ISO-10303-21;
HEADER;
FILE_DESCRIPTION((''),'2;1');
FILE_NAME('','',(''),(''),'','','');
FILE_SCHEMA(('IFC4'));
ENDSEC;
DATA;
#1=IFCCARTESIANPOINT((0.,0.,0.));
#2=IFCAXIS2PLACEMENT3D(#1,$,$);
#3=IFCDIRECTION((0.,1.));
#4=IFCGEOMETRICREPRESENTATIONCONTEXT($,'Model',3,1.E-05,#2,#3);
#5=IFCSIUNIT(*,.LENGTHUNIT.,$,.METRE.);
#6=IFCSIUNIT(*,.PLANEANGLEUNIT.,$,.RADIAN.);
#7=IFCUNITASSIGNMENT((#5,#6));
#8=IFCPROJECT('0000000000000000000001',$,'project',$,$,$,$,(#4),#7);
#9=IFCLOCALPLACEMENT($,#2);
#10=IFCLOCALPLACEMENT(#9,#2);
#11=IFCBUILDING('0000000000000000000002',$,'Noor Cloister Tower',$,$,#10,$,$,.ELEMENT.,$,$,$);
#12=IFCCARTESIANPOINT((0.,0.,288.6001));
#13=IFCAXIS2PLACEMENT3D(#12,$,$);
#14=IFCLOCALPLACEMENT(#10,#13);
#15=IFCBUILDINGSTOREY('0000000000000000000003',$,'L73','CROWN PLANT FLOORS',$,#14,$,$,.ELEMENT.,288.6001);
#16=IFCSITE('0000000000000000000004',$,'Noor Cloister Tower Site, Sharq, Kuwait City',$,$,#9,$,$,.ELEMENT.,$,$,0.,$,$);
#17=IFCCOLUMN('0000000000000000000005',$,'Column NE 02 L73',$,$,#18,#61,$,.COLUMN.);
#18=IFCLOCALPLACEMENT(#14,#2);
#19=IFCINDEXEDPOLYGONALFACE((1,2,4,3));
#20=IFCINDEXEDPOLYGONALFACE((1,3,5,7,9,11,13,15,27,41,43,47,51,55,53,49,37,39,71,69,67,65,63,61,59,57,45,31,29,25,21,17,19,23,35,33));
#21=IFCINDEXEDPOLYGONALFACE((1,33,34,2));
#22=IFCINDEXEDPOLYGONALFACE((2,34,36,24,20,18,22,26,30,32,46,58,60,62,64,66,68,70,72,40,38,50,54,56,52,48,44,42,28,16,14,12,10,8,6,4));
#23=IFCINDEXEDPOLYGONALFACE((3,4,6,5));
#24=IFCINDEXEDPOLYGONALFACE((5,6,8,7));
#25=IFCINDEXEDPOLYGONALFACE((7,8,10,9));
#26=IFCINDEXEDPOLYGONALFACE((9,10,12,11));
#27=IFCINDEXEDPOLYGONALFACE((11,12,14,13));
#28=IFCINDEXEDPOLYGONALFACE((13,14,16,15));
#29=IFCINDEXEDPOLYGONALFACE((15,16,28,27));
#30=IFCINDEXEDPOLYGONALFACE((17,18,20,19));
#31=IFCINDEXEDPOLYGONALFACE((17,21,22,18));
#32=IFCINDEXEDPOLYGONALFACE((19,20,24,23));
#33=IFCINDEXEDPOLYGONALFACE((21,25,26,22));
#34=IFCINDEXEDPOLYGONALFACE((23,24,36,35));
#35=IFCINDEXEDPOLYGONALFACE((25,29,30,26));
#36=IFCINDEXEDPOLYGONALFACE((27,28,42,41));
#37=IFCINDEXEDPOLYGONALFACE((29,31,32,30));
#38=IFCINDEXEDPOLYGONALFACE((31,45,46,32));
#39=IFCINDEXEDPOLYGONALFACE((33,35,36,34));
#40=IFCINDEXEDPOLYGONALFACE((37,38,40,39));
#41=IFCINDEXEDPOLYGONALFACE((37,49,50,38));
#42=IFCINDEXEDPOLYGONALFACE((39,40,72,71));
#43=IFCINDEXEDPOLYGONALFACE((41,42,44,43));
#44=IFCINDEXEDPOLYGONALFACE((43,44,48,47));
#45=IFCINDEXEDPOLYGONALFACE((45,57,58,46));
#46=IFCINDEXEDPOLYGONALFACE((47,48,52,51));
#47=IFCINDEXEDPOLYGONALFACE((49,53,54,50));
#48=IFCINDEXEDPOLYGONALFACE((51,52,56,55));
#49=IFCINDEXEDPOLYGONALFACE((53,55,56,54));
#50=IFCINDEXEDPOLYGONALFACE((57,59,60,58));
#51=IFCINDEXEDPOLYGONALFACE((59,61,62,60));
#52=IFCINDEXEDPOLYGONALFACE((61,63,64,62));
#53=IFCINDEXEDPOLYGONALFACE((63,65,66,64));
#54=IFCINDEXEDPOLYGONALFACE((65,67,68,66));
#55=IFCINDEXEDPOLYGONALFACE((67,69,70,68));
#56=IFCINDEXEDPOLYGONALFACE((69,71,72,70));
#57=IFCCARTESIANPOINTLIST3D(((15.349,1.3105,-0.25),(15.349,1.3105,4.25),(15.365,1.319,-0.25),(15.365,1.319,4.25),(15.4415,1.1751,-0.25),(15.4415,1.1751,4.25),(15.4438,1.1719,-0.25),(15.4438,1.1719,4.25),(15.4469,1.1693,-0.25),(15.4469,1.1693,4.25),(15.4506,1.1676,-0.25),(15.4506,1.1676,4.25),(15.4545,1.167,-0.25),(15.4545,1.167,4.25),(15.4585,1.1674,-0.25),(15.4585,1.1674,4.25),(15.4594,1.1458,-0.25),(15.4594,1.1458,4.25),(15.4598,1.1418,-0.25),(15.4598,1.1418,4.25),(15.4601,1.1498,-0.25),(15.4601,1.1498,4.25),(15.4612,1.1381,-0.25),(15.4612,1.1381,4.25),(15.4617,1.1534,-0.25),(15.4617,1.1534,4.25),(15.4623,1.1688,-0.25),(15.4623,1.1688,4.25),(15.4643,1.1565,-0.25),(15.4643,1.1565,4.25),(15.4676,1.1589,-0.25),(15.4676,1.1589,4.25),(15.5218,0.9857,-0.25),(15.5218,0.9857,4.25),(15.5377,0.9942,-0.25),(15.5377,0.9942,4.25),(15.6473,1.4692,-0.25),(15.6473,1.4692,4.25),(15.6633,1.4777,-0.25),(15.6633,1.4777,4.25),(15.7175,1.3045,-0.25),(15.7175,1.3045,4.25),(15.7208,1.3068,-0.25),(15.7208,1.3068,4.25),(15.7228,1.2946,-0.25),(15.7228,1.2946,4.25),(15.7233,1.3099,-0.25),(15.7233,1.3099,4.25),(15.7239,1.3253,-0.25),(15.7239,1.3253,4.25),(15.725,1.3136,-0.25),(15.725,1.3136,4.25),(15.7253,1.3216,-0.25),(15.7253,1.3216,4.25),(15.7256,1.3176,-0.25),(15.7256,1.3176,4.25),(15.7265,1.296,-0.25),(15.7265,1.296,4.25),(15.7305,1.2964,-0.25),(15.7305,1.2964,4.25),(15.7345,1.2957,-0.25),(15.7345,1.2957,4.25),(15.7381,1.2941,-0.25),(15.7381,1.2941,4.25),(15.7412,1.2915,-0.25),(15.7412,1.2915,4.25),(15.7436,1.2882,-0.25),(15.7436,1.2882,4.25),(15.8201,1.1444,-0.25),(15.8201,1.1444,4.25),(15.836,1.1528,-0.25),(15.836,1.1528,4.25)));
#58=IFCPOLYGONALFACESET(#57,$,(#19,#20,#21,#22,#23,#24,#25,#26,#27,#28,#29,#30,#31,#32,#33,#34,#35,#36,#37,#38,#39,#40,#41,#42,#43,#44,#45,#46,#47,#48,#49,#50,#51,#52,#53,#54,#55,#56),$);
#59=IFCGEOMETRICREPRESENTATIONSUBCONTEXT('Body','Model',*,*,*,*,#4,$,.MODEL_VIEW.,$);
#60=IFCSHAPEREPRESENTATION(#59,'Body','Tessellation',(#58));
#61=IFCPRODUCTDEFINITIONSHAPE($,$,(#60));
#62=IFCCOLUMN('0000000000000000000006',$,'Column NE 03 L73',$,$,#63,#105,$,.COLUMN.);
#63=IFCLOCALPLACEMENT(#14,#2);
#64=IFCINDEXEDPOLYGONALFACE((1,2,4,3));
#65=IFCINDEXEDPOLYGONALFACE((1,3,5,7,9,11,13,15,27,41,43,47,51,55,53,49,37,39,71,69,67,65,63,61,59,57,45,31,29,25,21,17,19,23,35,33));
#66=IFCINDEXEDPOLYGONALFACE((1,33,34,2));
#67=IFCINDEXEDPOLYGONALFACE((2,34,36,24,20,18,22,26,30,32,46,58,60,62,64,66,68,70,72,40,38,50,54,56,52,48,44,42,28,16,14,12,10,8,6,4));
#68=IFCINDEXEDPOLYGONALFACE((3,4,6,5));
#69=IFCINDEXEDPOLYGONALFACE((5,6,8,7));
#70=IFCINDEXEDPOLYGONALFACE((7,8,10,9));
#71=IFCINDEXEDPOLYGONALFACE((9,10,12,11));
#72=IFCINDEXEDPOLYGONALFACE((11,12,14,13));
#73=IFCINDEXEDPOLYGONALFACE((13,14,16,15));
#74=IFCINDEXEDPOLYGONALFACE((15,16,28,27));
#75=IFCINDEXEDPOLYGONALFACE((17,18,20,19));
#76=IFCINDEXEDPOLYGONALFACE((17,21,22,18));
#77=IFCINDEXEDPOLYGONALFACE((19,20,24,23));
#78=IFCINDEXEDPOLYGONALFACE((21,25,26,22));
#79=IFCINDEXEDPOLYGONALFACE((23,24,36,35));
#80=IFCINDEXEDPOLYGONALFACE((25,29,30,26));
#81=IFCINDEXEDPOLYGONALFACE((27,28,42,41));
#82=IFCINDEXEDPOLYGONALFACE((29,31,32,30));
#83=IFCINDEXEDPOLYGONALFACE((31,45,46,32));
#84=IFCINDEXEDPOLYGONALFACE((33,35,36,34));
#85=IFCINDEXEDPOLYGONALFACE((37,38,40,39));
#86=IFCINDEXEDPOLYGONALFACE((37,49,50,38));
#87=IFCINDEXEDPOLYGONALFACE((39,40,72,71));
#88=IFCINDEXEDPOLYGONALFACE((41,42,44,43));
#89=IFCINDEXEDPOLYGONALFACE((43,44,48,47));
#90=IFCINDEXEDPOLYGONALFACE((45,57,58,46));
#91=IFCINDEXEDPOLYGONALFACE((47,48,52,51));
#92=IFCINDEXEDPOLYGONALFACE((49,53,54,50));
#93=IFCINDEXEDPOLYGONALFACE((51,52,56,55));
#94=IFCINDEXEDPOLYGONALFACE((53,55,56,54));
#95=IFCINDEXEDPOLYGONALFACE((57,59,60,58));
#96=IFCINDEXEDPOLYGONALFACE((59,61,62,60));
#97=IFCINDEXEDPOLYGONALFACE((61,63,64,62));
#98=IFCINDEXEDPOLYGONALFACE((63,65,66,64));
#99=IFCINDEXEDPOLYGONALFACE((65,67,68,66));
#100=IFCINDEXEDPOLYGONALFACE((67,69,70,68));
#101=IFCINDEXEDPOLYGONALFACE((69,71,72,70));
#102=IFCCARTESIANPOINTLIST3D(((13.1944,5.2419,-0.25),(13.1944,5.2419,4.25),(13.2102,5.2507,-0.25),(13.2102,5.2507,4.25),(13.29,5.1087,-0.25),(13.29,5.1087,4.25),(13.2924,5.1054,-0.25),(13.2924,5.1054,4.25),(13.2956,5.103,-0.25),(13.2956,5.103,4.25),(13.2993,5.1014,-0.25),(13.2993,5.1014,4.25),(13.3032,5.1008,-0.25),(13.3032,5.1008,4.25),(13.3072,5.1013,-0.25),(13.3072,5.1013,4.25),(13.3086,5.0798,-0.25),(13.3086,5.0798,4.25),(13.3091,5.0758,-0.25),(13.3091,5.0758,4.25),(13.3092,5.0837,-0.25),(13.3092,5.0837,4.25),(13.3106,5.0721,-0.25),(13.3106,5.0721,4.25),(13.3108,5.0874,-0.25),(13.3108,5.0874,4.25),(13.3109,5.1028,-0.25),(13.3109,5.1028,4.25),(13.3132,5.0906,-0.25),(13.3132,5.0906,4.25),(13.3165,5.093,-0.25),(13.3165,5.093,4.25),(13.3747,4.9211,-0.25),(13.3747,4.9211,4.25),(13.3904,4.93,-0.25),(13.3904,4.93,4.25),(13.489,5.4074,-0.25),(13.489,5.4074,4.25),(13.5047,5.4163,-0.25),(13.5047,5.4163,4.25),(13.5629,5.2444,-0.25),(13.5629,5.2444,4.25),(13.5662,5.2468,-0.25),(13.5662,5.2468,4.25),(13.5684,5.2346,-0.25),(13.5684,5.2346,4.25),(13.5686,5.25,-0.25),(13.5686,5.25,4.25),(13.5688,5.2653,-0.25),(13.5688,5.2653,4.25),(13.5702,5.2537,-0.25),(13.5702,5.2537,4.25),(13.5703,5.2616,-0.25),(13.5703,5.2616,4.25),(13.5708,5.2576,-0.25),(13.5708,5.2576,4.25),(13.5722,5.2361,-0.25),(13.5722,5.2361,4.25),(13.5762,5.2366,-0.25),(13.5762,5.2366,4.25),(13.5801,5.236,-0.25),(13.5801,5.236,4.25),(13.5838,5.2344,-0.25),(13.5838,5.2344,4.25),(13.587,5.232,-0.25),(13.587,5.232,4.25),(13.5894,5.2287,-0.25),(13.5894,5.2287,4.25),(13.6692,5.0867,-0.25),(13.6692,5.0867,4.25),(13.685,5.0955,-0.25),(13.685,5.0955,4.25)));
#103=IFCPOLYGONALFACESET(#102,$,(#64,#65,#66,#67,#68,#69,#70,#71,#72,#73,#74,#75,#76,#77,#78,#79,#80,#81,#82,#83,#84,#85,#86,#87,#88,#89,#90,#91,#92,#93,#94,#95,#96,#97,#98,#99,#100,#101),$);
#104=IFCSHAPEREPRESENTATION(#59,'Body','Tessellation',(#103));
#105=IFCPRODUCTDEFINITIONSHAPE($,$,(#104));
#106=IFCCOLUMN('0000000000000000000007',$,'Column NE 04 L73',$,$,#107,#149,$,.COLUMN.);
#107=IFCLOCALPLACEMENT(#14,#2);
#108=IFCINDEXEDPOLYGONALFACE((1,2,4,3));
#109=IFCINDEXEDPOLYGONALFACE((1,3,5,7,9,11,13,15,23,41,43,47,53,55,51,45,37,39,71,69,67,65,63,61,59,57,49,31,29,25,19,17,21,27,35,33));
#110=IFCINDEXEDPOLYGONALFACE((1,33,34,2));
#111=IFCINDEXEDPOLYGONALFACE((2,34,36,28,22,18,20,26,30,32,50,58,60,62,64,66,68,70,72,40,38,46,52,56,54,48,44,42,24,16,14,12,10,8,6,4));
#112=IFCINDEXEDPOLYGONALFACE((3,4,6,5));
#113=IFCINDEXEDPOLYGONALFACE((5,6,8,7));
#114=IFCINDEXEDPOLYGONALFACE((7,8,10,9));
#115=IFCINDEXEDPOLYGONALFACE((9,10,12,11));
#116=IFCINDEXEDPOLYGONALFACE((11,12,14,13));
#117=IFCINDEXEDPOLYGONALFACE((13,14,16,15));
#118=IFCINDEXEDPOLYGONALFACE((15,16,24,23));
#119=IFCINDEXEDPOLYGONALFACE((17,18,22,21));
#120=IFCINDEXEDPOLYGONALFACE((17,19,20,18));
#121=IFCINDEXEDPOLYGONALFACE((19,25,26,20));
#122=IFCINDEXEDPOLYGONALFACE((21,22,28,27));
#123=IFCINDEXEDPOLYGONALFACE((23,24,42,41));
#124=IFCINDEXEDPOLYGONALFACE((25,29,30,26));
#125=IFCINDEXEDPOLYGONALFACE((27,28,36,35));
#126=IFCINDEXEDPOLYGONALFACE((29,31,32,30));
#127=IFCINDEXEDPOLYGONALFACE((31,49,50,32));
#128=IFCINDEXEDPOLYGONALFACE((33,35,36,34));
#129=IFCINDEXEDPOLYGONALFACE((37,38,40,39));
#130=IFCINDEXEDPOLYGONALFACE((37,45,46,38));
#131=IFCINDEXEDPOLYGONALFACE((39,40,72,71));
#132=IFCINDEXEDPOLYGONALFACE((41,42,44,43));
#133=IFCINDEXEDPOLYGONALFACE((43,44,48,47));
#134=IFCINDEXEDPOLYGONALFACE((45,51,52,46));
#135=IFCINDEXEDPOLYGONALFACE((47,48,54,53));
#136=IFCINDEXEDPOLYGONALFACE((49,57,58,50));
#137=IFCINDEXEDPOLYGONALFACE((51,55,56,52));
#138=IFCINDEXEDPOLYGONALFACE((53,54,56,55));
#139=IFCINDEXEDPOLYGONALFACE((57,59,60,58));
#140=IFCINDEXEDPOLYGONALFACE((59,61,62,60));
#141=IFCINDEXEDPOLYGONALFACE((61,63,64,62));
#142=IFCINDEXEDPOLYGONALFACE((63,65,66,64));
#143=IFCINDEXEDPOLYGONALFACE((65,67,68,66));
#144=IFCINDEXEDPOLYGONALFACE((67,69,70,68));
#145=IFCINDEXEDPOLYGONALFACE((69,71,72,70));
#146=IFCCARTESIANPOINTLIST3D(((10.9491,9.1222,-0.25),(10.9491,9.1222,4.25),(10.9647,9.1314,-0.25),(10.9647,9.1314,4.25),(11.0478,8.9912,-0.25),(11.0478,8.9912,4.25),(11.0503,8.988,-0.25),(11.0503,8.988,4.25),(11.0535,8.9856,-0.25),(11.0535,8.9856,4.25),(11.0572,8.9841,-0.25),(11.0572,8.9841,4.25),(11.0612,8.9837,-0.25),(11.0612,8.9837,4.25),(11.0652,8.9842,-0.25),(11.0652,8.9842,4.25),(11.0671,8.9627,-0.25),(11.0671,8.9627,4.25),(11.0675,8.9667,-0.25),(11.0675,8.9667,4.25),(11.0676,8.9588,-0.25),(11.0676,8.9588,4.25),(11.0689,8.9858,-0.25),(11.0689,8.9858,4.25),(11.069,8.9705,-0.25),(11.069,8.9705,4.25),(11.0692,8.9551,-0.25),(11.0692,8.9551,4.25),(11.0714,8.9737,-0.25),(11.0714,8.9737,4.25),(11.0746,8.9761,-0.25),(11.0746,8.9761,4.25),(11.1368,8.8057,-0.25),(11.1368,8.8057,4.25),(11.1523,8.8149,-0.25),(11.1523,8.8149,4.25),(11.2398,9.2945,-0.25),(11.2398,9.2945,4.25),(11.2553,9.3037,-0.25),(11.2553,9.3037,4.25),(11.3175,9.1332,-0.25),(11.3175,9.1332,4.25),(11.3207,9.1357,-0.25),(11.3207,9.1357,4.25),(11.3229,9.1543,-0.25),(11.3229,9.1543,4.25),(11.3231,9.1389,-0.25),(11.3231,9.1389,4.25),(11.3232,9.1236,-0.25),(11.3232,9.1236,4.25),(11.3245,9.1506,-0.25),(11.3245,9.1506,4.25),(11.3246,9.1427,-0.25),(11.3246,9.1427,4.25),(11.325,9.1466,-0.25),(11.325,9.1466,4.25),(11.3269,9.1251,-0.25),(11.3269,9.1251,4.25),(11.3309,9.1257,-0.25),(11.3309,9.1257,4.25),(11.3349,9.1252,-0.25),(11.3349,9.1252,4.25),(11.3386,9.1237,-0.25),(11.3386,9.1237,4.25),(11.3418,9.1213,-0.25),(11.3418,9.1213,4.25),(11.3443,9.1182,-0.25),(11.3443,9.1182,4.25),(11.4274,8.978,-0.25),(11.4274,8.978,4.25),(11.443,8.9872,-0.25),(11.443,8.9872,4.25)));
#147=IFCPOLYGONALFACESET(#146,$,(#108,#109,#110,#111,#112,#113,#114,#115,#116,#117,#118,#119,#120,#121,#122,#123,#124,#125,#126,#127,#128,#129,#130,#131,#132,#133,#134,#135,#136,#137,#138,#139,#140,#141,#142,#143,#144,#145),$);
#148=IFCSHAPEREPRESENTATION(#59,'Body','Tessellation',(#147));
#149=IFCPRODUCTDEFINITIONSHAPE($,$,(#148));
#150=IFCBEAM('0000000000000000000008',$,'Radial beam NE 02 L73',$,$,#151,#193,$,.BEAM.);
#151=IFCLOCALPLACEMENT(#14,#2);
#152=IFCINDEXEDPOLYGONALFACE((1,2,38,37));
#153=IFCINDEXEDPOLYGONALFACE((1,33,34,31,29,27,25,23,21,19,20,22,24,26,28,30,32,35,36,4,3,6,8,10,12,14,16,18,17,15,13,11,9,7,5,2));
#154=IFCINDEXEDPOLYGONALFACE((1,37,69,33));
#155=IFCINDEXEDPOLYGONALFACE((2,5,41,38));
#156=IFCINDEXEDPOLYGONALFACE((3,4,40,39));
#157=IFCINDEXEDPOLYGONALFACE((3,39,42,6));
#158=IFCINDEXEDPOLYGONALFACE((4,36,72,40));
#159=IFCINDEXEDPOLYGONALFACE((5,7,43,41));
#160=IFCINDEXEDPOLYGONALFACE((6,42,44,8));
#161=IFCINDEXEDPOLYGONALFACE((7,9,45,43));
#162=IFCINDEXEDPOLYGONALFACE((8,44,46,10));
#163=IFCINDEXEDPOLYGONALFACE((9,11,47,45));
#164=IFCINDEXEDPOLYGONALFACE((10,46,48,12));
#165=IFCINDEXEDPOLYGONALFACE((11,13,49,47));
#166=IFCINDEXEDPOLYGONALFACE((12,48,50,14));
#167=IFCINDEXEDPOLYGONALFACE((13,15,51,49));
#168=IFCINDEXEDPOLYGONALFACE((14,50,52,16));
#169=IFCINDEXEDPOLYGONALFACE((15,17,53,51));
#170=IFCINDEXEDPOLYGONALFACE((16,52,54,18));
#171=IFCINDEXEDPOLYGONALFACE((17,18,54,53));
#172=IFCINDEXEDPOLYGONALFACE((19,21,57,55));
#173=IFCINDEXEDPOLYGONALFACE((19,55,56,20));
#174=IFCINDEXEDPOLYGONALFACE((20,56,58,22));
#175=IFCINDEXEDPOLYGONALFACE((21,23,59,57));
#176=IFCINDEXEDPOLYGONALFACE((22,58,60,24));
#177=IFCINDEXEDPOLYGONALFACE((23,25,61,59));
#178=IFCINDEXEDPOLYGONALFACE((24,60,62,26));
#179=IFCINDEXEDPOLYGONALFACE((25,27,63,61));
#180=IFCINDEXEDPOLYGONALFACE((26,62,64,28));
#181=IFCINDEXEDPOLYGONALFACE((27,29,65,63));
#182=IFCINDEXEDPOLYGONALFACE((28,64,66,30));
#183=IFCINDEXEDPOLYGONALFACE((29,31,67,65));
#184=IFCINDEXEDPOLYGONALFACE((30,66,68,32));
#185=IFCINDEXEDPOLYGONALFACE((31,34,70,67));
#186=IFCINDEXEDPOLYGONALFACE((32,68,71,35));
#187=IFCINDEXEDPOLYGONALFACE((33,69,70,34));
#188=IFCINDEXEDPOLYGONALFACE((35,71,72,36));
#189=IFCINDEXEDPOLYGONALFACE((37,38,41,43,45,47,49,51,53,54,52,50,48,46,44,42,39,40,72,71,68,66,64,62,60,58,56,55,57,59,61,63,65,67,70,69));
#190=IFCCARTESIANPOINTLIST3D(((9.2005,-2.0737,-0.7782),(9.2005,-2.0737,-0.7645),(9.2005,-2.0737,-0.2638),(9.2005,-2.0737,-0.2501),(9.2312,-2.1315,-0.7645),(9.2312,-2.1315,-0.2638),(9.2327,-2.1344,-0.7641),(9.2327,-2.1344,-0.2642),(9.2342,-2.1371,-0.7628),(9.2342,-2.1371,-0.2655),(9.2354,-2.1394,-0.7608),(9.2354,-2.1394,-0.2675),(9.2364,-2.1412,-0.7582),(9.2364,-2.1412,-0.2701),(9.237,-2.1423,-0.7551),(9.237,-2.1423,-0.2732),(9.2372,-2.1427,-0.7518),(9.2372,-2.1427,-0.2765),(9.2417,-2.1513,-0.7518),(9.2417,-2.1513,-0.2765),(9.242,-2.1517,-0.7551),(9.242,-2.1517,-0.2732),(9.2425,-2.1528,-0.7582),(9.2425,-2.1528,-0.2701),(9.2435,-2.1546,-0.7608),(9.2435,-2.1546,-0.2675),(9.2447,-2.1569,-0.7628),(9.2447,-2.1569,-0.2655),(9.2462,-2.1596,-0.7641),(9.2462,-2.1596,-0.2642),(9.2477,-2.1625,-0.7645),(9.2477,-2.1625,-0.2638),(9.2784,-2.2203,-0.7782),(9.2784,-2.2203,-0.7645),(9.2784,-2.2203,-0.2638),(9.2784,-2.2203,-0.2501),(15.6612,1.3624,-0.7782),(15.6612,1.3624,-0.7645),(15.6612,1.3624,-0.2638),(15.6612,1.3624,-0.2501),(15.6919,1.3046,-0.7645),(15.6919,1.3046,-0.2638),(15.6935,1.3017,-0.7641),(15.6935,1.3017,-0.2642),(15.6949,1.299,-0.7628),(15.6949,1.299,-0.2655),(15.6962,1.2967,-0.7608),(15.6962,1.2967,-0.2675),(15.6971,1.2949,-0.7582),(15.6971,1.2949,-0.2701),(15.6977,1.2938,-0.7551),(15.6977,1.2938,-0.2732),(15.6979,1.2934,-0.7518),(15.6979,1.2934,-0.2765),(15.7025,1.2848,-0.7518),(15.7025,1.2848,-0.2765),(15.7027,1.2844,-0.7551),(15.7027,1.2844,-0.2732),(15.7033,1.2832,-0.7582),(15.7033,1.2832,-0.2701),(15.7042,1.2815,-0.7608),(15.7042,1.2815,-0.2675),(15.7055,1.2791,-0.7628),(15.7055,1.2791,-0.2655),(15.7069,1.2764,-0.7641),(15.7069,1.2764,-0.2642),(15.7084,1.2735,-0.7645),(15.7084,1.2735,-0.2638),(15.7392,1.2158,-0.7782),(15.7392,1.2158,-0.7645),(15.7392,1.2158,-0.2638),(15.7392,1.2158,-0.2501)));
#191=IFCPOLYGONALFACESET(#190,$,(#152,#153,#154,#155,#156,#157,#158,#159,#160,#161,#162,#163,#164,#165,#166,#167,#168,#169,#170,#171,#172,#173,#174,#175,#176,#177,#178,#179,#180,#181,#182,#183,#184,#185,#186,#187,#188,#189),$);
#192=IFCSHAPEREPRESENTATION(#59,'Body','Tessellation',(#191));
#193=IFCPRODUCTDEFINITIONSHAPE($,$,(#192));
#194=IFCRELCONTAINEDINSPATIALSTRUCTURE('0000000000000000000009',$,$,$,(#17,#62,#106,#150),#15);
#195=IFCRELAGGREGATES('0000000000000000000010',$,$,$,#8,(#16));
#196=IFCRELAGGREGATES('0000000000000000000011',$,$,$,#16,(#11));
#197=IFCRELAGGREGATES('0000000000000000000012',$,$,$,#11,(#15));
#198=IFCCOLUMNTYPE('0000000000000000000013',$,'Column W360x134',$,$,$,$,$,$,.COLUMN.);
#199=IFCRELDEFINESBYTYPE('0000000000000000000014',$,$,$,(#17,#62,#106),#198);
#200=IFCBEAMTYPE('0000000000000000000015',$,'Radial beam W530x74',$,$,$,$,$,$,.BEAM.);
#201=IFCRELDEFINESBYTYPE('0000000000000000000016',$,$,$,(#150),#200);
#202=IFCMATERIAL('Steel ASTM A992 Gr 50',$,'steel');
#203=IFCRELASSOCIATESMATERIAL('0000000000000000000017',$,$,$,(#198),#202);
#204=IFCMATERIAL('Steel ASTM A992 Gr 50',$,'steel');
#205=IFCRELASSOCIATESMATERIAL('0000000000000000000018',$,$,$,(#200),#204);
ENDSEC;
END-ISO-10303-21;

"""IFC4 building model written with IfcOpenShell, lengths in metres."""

from ifc_helpers import new_model, si_unit, direction, frame, origin, origin_2d, place, context, subcontext, project, spatial, i_section, extrude, material, material_profile, profile_set, type_object, element, save


model = new_model("IFC4")

# Units and contexts
model_context = context("Model", 3, precision=1e-05, world=origin(), true_north=direction((0.0, 1.0)))
body_context = subcontext(model_context, "Body", "Model", "MODEL_VIEW")
ifc_project = project(units=[si_unit("LENGTHUNIT", "METRE"), si_unit("PLANEANGLEUNIT", "RADIAN")], contexts=[model_context])

# Site, building, storey
site_placement = place(None, origin())
site = spatial("IfcSite", under=ifc_project, at=site_placement, Name="Noor Cloister Tower Site, Sharq, Kuwait City", CompositionType="ELEMENT", RefElevation=0.0)
building_placement = place(site_placement, origin())
building = spatial("IfcBuilding", under=site, at=building_placement, Name="Noor Cloister Tower", CompositionType="ELEMENT")
storey_placement = place(building_placement, frame((0.0, 0.0, 288.6001)))
storey = spatial("IfcBuildingStorey", under=building, at=storey_placement, Name="L73", Description="CROWN PLANT FLOORS", CompositionType="ELEMENT", Elevation=288.6001)

# Columns
ifc_material_1 = material(Name="Steel ASTM A992 Gr 50", Category="steel")
ifc_material_profile_1 = material_profile(ifc_material_1, i_section(OverallWidth=0.3679, OverallDepth=0.356, WebThickness=0.0112, FlangeThickness=0.0181, FilletRadius=0.0154, at=origin_2d()), Name="W360x134")
ifc_profile_set_1 = profile_set([ifc_material_profile_1], Name="Steel ASTM A992 Gr 50")
column_type = type_object("IfcColumnType", Name="Column W360x134", PredefinedType="COLUMN", material=ifc_profile_set_1)
for number, where, z_axis, x_axis, name in (
    (1, (15.5925, 1.2317, -0.25), (0.0, 0.0, 1.0), (-0.469576, 0.882892, 0.0), "Column NE 02 L73"),
    (2, (13.4397, 5.1687, -0.25), (0.0, 0.0, 1.0), (-0.489924, 0.871765, 0.0), "Column NE 03 L73"),
    (3, (11.196, 9.0547, -0.25), (0.0, 0.0, 1.0), (-0.510009, 0.860169, 0.0), "Column NE 04 L73"),
):
    element("IfcColumn", number, at=place(storey_placement, frame(where, z_axis=z_axis, x_axis=x_axis)), inside=storey, type_object=column_type, Name=name, PredefinedType="COLUMN", context=body_context, shape_type="SweptSolid", body=[
        extrude(i_section(OverallWidth=0.3679, OverallDepth=0.356, WebThickness=0.0112, FlangeThickness=0.0181, FilletRadius=0.0154, at=origin_2d()), origin(), (0.0, 0.0, 1.0), 4.5),
    ])

# Beam
ifc_material_2 = material(Name="Steel ASTM A992 Gr 50", Category="steel")
ifc_material_profile_2 = material_profile(ifc_material_2, i_section(OverallWidth=0.166, OverallDepth=0.5281, WebThickness=0.0098, FlangeThickness=0.0137, FilletRadius=0.0127, at=origin_2d()), Name="W530x74")
ifc_profile_set_2 = profile_set([ifc_material_profile_2], Name="Steel ASTM A992 Gr 50")
beam_type_1 = type_object("IfcBeamType", Name="Radial beam W530x74", PredefinedType="BEAM", material=ifc_profile_set_2)
beam_1_placement = place(storey_placement, frame((15.7002, 1.2891, -0.5142), z_axis=(-0.882901, -0.469559, 0.0), x_axis=(0.469559, -0.882901, 0.0)))
element("IfcBeam", 4, at=beam_1_placement, inside=storey, type_object=beam_type_1, Name="Radial beam NE 02 L73", PredefinedType="BEAM", context=body_context, shape_type="SweptSolid", body=[
    extrude(i_section(OverallWidth=0.166, OverallDepth=0.5281, WebThickness=0.0098, FlangeThickness=0.0137, FilletRadius=0.0127, at=origin_2d()), origin(), (0.0, 0.0, 1.0), 7.3176),
])

save(model, "model.ifc")
